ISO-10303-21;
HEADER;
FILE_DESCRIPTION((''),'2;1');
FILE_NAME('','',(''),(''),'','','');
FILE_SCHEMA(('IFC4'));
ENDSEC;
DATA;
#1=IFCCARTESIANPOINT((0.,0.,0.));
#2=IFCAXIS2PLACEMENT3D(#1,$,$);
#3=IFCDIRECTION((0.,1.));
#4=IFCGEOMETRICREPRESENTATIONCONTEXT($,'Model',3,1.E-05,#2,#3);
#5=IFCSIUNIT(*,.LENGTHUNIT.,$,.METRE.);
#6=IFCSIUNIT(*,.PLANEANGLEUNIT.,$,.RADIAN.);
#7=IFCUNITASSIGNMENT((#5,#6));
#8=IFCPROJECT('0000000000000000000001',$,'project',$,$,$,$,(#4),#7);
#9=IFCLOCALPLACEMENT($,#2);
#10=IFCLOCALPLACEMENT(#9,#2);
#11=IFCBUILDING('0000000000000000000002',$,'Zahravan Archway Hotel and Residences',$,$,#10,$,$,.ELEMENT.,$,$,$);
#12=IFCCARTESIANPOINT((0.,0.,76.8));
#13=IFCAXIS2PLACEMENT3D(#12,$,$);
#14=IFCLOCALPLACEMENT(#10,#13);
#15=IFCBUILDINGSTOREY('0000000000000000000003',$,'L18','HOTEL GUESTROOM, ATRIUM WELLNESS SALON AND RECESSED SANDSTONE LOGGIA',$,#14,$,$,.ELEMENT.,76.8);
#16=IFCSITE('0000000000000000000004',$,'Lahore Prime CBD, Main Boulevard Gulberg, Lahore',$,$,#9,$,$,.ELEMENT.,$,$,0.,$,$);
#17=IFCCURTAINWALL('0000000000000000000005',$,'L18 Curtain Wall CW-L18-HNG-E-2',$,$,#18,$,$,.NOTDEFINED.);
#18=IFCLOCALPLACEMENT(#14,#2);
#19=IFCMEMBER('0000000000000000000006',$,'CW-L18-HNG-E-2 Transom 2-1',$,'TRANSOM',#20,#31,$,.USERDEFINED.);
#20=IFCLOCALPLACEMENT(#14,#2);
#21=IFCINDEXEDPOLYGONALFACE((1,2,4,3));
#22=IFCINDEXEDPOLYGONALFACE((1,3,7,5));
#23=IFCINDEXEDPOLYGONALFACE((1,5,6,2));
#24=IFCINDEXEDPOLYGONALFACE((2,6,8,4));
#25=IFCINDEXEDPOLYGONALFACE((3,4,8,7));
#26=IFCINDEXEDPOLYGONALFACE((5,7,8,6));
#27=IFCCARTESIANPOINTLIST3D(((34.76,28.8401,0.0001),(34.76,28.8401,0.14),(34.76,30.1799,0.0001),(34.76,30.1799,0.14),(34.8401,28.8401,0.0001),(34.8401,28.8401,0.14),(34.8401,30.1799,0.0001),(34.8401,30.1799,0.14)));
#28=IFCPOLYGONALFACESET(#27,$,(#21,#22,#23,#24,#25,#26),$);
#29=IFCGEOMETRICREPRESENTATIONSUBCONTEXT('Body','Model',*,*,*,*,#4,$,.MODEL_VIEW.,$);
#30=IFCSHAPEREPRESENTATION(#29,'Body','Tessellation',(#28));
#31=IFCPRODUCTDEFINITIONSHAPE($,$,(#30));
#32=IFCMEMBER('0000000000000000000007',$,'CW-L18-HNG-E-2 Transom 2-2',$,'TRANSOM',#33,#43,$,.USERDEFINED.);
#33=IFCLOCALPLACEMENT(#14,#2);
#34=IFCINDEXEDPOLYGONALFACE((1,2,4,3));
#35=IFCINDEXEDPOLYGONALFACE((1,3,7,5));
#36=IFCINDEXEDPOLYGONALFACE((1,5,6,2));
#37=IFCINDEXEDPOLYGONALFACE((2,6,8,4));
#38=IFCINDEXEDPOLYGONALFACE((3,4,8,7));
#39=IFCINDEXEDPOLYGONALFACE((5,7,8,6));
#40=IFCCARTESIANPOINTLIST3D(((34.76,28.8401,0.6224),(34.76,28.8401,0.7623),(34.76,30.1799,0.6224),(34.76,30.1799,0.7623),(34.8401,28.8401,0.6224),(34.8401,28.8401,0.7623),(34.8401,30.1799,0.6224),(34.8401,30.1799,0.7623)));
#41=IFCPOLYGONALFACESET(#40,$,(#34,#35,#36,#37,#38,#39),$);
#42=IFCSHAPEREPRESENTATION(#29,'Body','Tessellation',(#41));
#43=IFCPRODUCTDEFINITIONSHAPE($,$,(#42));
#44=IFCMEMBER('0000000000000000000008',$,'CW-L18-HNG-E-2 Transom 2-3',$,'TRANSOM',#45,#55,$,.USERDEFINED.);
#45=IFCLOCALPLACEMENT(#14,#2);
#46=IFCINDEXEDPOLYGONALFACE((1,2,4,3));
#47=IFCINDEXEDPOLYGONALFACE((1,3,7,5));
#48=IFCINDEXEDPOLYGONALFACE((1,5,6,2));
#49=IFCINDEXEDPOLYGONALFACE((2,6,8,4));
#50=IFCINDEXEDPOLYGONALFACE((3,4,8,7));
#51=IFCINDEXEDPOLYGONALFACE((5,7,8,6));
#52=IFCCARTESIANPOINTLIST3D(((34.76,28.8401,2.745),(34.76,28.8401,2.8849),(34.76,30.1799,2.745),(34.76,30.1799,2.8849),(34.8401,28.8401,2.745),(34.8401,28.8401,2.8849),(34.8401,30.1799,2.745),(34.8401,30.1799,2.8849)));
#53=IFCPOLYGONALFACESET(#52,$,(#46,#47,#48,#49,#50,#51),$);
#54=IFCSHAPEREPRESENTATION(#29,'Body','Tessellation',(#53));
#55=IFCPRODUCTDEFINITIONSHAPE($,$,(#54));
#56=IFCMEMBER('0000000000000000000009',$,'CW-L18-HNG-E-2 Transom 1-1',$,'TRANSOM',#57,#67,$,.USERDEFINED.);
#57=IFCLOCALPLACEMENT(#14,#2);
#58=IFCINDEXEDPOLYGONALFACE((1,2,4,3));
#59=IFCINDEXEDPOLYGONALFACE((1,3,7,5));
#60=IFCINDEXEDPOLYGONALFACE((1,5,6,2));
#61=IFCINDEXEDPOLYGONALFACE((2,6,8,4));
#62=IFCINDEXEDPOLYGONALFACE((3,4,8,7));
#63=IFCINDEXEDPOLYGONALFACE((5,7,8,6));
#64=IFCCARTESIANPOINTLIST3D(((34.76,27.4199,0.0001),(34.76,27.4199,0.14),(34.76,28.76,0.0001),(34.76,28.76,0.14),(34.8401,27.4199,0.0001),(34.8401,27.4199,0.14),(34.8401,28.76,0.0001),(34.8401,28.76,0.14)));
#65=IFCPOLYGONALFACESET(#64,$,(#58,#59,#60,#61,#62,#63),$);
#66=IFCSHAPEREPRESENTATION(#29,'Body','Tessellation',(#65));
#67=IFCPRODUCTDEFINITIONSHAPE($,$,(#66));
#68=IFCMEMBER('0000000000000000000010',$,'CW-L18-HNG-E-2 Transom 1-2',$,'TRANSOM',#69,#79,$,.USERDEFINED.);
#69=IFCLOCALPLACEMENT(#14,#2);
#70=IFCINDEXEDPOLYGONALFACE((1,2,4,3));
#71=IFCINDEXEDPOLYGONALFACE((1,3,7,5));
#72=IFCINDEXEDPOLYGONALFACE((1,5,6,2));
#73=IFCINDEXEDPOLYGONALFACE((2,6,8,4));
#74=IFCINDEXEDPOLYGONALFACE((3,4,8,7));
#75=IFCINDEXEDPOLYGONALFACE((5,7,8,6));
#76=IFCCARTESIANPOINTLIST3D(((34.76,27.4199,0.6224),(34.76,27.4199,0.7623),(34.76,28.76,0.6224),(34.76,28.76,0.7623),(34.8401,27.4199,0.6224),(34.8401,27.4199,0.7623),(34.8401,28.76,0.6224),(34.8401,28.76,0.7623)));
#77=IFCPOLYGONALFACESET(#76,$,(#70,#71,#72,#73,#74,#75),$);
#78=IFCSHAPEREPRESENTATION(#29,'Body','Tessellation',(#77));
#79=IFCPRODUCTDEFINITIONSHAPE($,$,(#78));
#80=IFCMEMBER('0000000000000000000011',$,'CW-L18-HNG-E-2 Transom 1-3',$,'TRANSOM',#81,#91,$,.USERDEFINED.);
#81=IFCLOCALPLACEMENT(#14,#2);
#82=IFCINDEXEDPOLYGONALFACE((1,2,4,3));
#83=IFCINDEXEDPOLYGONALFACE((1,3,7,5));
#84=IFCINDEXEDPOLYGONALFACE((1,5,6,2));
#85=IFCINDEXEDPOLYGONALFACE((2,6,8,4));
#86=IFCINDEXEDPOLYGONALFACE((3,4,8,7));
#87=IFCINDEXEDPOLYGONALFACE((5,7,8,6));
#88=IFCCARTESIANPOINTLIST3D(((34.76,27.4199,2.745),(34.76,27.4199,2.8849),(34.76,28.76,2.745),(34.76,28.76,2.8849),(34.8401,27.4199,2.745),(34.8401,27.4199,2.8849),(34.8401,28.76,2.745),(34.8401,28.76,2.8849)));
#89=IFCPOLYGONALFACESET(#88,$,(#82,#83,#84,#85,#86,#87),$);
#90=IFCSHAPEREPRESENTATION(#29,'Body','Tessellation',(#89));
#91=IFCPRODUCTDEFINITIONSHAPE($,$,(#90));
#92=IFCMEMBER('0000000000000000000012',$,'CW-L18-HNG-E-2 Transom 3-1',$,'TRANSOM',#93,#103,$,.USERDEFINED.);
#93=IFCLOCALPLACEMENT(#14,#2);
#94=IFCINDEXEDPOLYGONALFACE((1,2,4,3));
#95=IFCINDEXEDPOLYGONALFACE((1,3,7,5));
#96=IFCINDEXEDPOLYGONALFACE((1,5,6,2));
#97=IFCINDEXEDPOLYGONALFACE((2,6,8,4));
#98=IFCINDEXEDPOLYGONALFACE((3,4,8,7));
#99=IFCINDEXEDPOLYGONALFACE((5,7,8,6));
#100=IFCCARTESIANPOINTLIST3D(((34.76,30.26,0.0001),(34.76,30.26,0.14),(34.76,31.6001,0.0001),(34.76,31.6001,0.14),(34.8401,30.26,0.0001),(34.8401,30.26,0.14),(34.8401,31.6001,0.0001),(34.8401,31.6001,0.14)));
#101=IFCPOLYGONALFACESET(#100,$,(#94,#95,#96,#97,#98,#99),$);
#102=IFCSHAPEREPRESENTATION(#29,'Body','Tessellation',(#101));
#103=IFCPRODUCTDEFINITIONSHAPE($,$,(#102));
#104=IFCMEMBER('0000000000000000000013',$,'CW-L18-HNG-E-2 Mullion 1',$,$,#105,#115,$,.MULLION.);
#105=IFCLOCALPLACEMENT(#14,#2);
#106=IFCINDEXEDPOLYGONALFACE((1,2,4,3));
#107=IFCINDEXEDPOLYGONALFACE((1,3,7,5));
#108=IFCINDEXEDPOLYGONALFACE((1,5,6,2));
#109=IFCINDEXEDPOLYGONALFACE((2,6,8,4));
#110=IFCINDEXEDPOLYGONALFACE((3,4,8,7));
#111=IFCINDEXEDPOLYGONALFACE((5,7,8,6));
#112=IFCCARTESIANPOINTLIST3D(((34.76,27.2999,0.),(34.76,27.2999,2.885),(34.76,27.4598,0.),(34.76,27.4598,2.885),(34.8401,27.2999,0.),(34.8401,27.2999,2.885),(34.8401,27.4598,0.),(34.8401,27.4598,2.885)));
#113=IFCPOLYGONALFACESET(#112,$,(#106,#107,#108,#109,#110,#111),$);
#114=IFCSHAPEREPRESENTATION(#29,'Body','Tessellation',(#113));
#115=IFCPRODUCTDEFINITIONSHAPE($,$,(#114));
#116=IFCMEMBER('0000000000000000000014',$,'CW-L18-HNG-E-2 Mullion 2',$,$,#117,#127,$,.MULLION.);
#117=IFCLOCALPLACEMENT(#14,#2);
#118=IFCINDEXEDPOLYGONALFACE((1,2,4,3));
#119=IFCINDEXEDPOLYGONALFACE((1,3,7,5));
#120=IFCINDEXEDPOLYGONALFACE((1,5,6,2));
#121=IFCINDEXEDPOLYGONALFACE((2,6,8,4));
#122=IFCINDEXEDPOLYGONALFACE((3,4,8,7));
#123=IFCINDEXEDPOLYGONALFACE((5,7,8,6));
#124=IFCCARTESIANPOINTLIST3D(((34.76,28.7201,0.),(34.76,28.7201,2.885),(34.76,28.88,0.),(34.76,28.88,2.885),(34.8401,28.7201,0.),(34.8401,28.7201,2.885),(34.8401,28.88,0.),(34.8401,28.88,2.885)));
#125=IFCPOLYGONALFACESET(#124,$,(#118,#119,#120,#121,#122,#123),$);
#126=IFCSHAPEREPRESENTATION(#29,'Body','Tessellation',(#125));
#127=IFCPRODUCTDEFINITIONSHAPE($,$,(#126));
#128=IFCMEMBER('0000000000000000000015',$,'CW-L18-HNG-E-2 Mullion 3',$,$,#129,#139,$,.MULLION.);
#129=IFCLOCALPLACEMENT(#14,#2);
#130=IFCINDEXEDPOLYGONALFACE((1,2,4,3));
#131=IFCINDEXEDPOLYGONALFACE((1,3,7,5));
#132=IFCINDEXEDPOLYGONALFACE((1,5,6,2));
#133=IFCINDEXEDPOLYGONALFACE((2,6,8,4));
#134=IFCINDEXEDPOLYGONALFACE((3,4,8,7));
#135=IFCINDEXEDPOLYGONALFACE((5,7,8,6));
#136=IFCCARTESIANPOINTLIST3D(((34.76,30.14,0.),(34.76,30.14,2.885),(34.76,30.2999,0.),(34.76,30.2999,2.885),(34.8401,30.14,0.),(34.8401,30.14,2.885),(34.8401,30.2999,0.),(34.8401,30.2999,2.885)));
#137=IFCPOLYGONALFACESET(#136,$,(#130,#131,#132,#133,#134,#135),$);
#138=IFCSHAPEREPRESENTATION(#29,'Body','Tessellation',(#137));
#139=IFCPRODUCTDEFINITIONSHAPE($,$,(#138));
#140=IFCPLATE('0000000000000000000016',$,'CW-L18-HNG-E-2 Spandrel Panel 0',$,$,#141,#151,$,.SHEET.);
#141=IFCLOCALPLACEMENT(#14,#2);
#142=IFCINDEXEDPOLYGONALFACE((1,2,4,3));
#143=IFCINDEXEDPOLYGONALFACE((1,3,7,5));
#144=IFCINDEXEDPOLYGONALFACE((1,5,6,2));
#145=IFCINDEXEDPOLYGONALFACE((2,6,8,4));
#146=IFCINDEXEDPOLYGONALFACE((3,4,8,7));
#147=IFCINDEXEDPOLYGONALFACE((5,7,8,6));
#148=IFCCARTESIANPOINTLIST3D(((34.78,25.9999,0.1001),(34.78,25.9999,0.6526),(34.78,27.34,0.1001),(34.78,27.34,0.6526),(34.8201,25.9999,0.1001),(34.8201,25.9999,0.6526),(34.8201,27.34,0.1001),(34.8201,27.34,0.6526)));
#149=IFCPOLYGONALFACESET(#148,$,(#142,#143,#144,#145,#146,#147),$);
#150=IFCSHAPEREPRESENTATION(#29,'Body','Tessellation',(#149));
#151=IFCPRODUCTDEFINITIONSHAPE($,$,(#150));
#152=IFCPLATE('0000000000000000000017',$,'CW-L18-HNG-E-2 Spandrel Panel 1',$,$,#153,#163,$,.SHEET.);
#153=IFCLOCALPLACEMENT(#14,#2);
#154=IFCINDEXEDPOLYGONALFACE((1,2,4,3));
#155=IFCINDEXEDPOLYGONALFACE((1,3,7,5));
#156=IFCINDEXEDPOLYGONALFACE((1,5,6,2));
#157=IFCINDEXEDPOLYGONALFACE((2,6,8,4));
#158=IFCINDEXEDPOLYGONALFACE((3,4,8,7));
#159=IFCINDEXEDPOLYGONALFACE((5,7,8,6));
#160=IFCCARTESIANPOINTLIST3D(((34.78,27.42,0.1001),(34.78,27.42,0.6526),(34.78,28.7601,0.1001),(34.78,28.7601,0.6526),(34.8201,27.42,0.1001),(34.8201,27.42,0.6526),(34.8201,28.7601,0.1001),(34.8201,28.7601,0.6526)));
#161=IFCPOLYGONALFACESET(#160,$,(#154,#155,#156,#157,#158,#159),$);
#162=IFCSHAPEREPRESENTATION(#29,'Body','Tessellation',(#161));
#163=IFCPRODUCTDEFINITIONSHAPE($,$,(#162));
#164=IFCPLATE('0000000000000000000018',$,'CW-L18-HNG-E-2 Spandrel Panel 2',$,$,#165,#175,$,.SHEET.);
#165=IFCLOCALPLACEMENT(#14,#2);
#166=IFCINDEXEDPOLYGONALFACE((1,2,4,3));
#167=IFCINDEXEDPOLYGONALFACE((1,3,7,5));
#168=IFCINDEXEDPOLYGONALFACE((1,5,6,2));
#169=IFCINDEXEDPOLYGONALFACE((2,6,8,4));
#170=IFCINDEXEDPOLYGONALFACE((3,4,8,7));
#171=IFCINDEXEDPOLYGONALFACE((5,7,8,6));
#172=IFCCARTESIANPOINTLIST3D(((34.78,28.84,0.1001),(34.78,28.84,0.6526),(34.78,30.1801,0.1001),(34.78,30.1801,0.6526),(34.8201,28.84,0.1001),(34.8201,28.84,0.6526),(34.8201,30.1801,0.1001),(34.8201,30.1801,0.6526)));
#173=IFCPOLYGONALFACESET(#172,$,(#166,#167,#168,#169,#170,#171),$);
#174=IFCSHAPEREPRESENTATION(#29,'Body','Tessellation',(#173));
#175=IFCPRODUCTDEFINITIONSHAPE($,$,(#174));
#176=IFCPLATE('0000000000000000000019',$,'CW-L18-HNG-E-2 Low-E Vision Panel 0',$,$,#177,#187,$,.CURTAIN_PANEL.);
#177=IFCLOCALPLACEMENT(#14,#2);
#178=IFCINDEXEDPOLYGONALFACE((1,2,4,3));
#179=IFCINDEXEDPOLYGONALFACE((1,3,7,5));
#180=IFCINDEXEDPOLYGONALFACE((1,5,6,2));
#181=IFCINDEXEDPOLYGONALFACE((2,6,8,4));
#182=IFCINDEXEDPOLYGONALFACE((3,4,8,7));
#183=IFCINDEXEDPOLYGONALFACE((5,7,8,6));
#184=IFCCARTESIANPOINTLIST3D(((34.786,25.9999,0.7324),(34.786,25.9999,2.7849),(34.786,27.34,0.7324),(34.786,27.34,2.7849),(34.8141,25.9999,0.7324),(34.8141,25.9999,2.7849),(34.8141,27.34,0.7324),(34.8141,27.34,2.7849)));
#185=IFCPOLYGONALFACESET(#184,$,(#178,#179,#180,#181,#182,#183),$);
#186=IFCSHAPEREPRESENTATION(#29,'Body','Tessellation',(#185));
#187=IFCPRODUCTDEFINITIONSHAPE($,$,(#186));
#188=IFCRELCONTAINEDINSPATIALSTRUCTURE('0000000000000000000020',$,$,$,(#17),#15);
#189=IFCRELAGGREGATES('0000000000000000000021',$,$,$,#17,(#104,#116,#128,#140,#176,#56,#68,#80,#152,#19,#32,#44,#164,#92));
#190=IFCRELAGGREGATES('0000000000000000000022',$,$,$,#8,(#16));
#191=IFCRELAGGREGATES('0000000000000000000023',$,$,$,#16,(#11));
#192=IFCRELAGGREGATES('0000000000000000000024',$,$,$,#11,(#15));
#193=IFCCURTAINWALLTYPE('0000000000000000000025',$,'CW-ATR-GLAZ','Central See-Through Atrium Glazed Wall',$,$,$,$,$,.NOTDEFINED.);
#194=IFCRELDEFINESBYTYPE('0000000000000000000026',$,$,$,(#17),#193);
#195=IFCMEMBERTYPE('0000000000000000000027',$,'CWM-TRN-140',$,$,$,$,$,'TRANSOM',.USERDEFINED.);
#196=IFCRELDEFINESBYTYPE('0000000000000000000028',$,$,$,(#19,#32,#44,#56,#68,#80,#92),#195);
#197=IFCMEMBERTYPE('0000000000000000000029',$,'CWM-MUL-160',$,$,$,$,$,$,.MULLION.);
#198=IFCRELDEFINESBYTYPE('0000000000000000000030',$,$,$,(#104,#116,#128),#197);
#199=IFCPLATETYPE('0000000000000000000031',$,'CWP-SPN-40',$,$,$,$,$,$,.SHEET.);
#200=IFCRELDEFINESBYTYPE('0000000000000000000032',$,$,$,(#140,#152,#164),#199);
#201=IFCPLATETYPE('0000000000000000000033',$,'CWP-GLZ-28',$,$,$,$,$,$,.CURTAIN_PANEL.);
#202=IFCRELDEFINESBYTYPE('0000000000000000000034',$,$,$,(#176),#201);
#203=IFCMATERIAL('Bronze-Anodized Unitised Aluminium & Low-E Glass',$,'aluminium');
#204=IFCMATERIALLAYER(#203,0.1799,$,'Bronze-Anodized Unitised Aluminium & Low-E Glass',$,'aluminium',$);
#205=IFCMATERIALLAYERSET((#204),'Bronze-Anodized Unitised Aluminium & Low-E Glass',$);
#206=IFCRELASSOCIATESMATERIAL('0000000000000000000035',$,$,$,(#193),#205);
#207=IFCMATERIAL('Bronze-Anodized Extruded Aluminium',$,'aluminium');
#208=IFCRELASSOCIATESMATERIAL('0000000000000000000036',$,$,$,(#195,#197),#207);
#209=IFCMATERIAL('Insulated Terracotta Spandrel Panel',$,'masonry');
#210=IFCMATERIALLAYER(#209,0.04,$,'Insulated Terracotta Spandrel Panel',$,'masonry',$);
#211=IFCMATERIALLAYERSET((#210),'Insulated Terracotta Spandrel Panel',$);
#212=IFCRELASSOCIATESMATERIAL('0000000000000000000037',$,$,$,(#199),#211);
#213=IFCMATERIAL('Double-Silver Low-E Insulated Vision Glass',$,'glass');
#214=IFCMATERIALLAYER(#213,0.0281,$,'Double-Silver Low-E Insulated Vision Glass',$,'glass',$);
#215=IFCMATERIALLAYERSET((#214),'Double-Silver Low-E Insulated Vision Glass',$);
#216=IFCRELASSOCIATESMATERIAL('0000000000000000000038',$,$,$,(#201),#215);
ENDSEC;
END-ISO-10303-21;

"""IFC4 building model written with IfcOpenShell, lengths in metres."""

from ifc_helpers import new_model, si_unit, direction, frame, origin, origin_2d, place, context, subcontext, project, spatial, rectangle, extrude, source, transform, mapped, material, layer, layer_set, material_profile, profile_set, type_object, element, aggregate, save


model = new_model("IFC4")

# Units and contexts
model_context = context("Model", 3, precision=1e-05, world=origin(), true_north=direction((0.0, 1.0)))
body_context = subcontext(model_context, "Body", "Model", "MODEL_VIEW")
ifc_project = project(units=[si_unit("LENGTHUNIT", "METRE"), si_unit("PLANEANGLEUNIT", "RADIAN")], contexts=[model_context])

# Site, building, storey
site_placement = place(None, origin())
site = spatial("IfcSite", under=ifc_project, at=site_placement, Name="Lahore Prime CBD, Main Boulevard Gulberg, Lahore", CompositionType="ELEMENT", RefElevation=0.0)
building_placement = place(site_placement, origin())
building = spatial("IfcBuilding", under=site, at=building_placement, Name="Zahravan Archway Hotel and Residences", CompositionType="ELEMENT")
storey_placement = place(building_placement, frame((0.0, 0.0, 76.8)))
storey = spatial("IfcBuildingStorey", under=building, at=storey_placement, Name="L18", Description="HOTEL GUESTROOM, ATRIUM WELLNESS SALON AND RECESSED SANDSTONE LOGGIA", CompositionType="ELEMENT", Elevation=76.8)

# Curtain wall, members, plates
ifc_material_1 = material(Name="Bronze-Anodized Unitised Aluminium & Low-E Glass", Category="aluminium")
ifc_layer_1 = layer(ifc_material_1, 0.1799, Name="Bronze-Anodized Unitised Aluminium & Low-E Glass", Category="aluminium")
ifc_layer_set_1 = layer_set([ifc_layer_1], Name="Bronze-Anodized Unitised Aluminium & Low-E Glass")
curtain_wall_type = type_object("IfcCurtainWallType", Name="CW-ATR-GLAZ", Description="Central See-Through Atrium Glazed Wall", PredefinedType="NOTDEFINED", material=ifc_layer_set_1)
curtain_wall_placement = place(storey_placement, origin())
curtain_wall = element("IfcCurtainWall", 1, at=curtain_wall_placement, inside=storey, type_object=curtain_wall_type, Name="L18 Curtain Wall CW-L18-HNG-E-2", PredefinedType="NOTDEFINED")
ifc_material_2 = material(Name="Bronze-Anodized Extruded Aluminium", Category="aluminium")
ifc_material_profile_1 = material_profile(ifc_material_2, rectangle(XDim=0.0801, YDim=0.1399, at=origin_2d()), Name="TRN 80x140", Category="aluminium")
ifc_profile_set_1 = profile_set([ifc_material_profile_1], Name="Bronze-Anodized Extruded Aluminium")
member_type_1 = type_object("IfcMemberType", Name="CWM-TRN-140", ElementType="TRANSOM", PredefinedType="USERDEFINED", material=ifc_profile_set_1)
shared_shape_1 = source(origin(), body_context, "Body", "SweptSolid", [
    extrude(rectangle(XDim=0.0801, YDim=0.1399, at=origin_2d()), origin(), (0.0, 0.0, 1.0), 1.3398),
])
member_1_placement = place(storey_placement, frame((34.8, 28.8401, 0.0701), z_axis=(0.0, 1.0, 0.0), x_axis=(-1.0, 0.0, 0.0)))
member_1 = element("IfcMember", 2, at=member_1_placement, type_object=member_type_1, Name="CW-L18-HNG-E-2 Transom 2-1", ObjectType="TRANSOM", PredefinedType="USERDEFINED", context=body_context, shape_type="MappedRepresentation", body=[
    mapped(shared_shape_1, transform((0.0, 0.0, 0.0), scale=1.0)),
])
member_2_placement = place(storey_placement, frame((34.8, 28.8401, 0.6924), z_axis=(0.0, 1.0, 0.0), x_axis=(-1.0, 0.0, 0.0)))
member_2 = element("IfcMember", 3, at=member_2_placement, type_object=member_type_1, Name="CW-L18-HNG-E-2 Transom 2-2", ObjectType="TRANSOM", PredefinedType="USERDEFINED", context=body_context, shape_type="MappedRepresentation", body=[
    mapped(shared_shape_1, transform((0.0, 0.0, 0.0), scale=1.0)),
])
member_3_placement = place(storey_placement, frame((34.8, 28.8401, 2.8149), z_axis=(0.0, 1.0, 0.0), x_axis=(-1.0, 0.0, 0.0)))
member_3 = element("IfcMember", 4, at=member_3_placement, type_object=member_type_1, Name="CW-L18-HNG-E-2 Transom 2-3", ObjectType="TRANSOM", PredefinedType="USERDEFINED", context=body_context, shape_type="MappedRepresentation", body=[
    mapped(shared_shape_1, transform((0.0, 0.0, 0.0), scale=1.0)),
])
shared_shape_2 = source(origin(), body_context, "Body", "SweptSolid", [
    extrude(rectangle(XDim=0.0801, YDim=0.1399, at=origin_2d()), origin(), (0.0, 0.0, 1.0), 1.3401),
])
member_4_placement = place(storey_placement, frame((34.8, 27.4199, 0.0701), z_axis=(0.0, 1.0, 0.0), x_axis=(-1.0, 0.0, 0.0)))
member_4 = element("IfcMember", 5, at=member_4_placement, type_object=member_type_1, Name="CW-L18-HNG-E-2 Transom 1-1", ObjectType="TRANSOM", PredefinedType="USERDEFINED", context=body_context, shape_type="MappedRepresentation", body=[
    mapped(shared_shape_2, transform((0.0, 0.0, 0.0), scale=1.0)),
])
member_5_placement = place(storey_placement, frame((34.8, 27.4199, 0.6924), z_axis=(0.0, 1.0, 0.0), x_axis=(-1.0, 0.0, 0.0)))
member_5 = element("IfcMember", 6, at=member_5_placement, type_object=member_type_1, Name="CW-L18-HNG-E-2 Transom 1-2", ObjectType="TRANSOM", PredefinedType="USERDEFINED", context=body_context, shape_type="MappedRepresentation", body=[
    mapped(shared_shape_2, transform((0.0, 0.0, 0.0), scale=1.0)),
])
member_6_placement = place(storey_placement, frame((34.8, 27.4199, 2.8149), z_axis=(0.0, 1.0, 0.0), x_axis=(-1.0, 0.0, 0.0)))
member_6 = element("IfcMember", 7, at=member_6_placement, type_object=member_type_1, Name="CW-L18-HNG-E-2 Transom 1-3", ObjectType="TRANSOM", PredefinedType="USERDEFINED", context=body_context, shape_type="MappedRepresentation", body=[
    mapped(shared_shape_2, transform((0.0, 0.0, 0.0), scale=1.0)),
])
member_7_placement = place(storey_placement, frame((34.8, 30.26, 0.0701), z_axis=(0.0, 1.0, 0.0), x_axis=(-1.0, 0.0, 0.0)))
member_7 = element("IfcMember", 8, at=member_7_placement, type_object=member_type_1, Name="CW-L18-HNG-E-2 Transom 3-1", ObjectType="TRANSOM", PredefinedType="USERDEFINED", context=body_context, shape_type="MappedRepresentation", body=[
    mapped(shared_shape_2, transform((0.0, 0.0, 0.0), scale=1.0)),
])
ifc_material_profile_2 = material_profile(ifc_material_2, rectangle(XDim=0.0801, YDim=0.1599, at=origin_2d()), Name="MUL 80x160", Category="aluminium")
ifc_profile_set_2 = profile_set([ifc_material_profile_2], Name="Bronze-Anodized Extruded Aluminium")
member_type_2 = type_object("IfcMemberType", Name="CWM-MUL-160", PredefinedType="MULLION", material=ifc_profile_set_2)
shared_shape_3 = source(origin(), body_context, "Body", "SweptSolid", [
    extrude(rectangle(XDim=0.0801, YDim=0.1599, at=origin_2d()), origin(), (0.0, 0.0, 1.0), 2.885),
])
member_8_placement = place(storey_placement, frame((34.8, 27.3799, 0.0), z_axis=(0.0, 0.0, 1.0), x_axis=(1.0, 0.0, 0.0)))
member_8 = element("IfcMember", 9, at=member_8_placement, type_object=member_type_2, Name="CW-L18-HNG-E-2 Mullion 1", PredefinedType="MULLION", context=body_context, shape_type="MappedRepresentation", body=[
    mapped(shared_shape_3, transform((0.0, 0.0, 0.0), scale=1.0)),
])
member_9_placement = place(storey_placement, frame((34.8, 28.8, 0.0), z_axis=(0.0, 0.0, 1.0), x_axis=(1.0, 0.0, 0.0)))
member_9 = element("IfcMember", 10, at=member_9_placement, type_object=member_type_2, Name="CW-L18-HNG-E-2 Mullion 2", PredefinedType="MULLION", context=body_context, shape_type="MappedRepresentation", body=[
    mapped(shared_shape_3, transform((0.0, 0.0, 0.0), scale=1.0)),
])
member_10_placement = place(storey_placement, frame((34.8, 30.22, 0.0), z_axis=(0.0, 0.0, 1.0), x_axis=(1.0, 0.0, 0.0)))
member_10 = element("IfcMember", 11, at=member_10_placement, type_object=member_type_2, Name="CW-L18-HNG-E-2 Mullion 3", PredefinedType="MULLION", context=body_context, shape_type="MappedRepresentation", body=[
    mapped(shared_shape_3, transform((0.0, 0.0, 0.0), scale=1.0)),
])
ifc_material_3 = material(Name="Insulated Terracotta Spandrel Panel", Category="masonry")
ifc_layer_2 = layer(ifc_material_3, 0.04, Name="Insulated Terracotta Spandrel Panel", Category="masonry")
ifc_layer_set_2 = layer_set([ifc_layer_2], Name="Insulated Terracotta Spandrel Panel")
plate_type_1 = type_object("IfcPlateType", Name="CWP-SPN-40", PredefinedType="SHEET", material=ifc_layer_set_2)
shared_shape_4 = source(origin(), body_context, "Body", "SweptSolid", [
    extrude(rectangle(XDim=1.3401, YDim=0.04, at=origin_2d()), origin(), (0.0, 0.0, 1.0), 0.5525),
])
plate_1_placement = place(storey_placement, frame((34.8, 26.6699, 0.1001), z_axis=(0.0, 0.0, 1.0), x_axis=(0.0, 1.0, 0.0)))
plate_1 = element("IfcPlate", 12, at=plate_1_placement, type_object=plate_type_1, Name="CW-L18-HNG-E-2 Spandrel Panel 0", PredefinedType="SHEET", context=body_context, shape_type="MappedRepresentation", body=[
    mapped(shared_shape_4, transform((0.0, 0.0, 0.0), scale=1.0)),
])
plate_2_placement = place(storey_placement, frame((34.8, 28.0901, 0.1001), z_axis=(0.0, 0.0, 1.0), x_axis=(0.0, 1.0, 0.0)))
plate_2 = element("IfcPlate", 13, at=plate_2_placement, type_object=plate_type_1, Name="CW-L18-HNG-E-2 Spandrel Panel 1", PredefinedType="SHEET", context=body_context, shape_type="MappedRepresentation", body=[
    mapped(shared_shape_4, transform((0.0, 0.0, 0.0), scale=1.0)),
])
plate_3_placement = place(storey_placement, frame((34.8, 29.51, 0.1001), z_axis=(0.0, 0.0, 1.0), x_axis=(0.0, 1.0, 0.0)))
plate_3 = element("IfcPlate", 14, at=plate_3_placement, type_object=plate_type_1, Name="CW-L18-HNG-E-2 Spandrel Panel 2", PredefinedType="SHEET", context=body_context, shape_type="MappedRepresentation", body=[
    mapped(shared_shape_4, transform((0.0, 0.0, 0.0), scale=1.0)),
])
ifc_material_4 = material(Name="Double-Silver Low-E Insulated Vision Glass", Category="glass")
ifc_layer_3 = layer(ifc_material_4, 0.0281, Name="Double-Silver Low-E Insulated Vision Glass", Category="glass")
ifc_layer_set_3 = layer_set([ifc_layer_3], Name="Double-Silver Low-E Insulated Vision Glass")
plate_type_2 = type_object("IfcPlateType", Name="CWP-GLZ-28", PredefinedType="CURTAIN_PANEL", material=ifc_layer_set_3)
shared_shape_5 = source(origin(), body_context, "Body", "SweptSolid", [
    extrude(rectangle(XDim=1.3401, YDim=0.0281, at=origin_2d()), origin(), (0.0, 0.0, 1.0), 2.0525),
])
plate_4_placement = place(storey_placement, frame((34.8, 26.6699, 0.7324), z_axis=(0.0, 0.0, 1.0), x_axis=(0.0, 1.0, 0.0)))
plate_4 = element("IfcPlate", 15, at=plate_4_placement, type_object=plate_type_2, Name="CW-L18-HNG-E-2 Low-E Vision Panel 0", PredefinedType="CURTAIN_PANEL", context=body_context, shape_type="MappedRepresentation", body=[
    mapped(shared_shape_5, transform((0.0, 0.0, 0.0), scale=1.0)),
])
aggregate(curtain_wall, [member_8, member_9, member_10, plate_1, plate_4, member_4, member_5, member_6, plate_2, member_1, member_2, member_3, plate_3, member_7])

save(model, "model.ifc")
